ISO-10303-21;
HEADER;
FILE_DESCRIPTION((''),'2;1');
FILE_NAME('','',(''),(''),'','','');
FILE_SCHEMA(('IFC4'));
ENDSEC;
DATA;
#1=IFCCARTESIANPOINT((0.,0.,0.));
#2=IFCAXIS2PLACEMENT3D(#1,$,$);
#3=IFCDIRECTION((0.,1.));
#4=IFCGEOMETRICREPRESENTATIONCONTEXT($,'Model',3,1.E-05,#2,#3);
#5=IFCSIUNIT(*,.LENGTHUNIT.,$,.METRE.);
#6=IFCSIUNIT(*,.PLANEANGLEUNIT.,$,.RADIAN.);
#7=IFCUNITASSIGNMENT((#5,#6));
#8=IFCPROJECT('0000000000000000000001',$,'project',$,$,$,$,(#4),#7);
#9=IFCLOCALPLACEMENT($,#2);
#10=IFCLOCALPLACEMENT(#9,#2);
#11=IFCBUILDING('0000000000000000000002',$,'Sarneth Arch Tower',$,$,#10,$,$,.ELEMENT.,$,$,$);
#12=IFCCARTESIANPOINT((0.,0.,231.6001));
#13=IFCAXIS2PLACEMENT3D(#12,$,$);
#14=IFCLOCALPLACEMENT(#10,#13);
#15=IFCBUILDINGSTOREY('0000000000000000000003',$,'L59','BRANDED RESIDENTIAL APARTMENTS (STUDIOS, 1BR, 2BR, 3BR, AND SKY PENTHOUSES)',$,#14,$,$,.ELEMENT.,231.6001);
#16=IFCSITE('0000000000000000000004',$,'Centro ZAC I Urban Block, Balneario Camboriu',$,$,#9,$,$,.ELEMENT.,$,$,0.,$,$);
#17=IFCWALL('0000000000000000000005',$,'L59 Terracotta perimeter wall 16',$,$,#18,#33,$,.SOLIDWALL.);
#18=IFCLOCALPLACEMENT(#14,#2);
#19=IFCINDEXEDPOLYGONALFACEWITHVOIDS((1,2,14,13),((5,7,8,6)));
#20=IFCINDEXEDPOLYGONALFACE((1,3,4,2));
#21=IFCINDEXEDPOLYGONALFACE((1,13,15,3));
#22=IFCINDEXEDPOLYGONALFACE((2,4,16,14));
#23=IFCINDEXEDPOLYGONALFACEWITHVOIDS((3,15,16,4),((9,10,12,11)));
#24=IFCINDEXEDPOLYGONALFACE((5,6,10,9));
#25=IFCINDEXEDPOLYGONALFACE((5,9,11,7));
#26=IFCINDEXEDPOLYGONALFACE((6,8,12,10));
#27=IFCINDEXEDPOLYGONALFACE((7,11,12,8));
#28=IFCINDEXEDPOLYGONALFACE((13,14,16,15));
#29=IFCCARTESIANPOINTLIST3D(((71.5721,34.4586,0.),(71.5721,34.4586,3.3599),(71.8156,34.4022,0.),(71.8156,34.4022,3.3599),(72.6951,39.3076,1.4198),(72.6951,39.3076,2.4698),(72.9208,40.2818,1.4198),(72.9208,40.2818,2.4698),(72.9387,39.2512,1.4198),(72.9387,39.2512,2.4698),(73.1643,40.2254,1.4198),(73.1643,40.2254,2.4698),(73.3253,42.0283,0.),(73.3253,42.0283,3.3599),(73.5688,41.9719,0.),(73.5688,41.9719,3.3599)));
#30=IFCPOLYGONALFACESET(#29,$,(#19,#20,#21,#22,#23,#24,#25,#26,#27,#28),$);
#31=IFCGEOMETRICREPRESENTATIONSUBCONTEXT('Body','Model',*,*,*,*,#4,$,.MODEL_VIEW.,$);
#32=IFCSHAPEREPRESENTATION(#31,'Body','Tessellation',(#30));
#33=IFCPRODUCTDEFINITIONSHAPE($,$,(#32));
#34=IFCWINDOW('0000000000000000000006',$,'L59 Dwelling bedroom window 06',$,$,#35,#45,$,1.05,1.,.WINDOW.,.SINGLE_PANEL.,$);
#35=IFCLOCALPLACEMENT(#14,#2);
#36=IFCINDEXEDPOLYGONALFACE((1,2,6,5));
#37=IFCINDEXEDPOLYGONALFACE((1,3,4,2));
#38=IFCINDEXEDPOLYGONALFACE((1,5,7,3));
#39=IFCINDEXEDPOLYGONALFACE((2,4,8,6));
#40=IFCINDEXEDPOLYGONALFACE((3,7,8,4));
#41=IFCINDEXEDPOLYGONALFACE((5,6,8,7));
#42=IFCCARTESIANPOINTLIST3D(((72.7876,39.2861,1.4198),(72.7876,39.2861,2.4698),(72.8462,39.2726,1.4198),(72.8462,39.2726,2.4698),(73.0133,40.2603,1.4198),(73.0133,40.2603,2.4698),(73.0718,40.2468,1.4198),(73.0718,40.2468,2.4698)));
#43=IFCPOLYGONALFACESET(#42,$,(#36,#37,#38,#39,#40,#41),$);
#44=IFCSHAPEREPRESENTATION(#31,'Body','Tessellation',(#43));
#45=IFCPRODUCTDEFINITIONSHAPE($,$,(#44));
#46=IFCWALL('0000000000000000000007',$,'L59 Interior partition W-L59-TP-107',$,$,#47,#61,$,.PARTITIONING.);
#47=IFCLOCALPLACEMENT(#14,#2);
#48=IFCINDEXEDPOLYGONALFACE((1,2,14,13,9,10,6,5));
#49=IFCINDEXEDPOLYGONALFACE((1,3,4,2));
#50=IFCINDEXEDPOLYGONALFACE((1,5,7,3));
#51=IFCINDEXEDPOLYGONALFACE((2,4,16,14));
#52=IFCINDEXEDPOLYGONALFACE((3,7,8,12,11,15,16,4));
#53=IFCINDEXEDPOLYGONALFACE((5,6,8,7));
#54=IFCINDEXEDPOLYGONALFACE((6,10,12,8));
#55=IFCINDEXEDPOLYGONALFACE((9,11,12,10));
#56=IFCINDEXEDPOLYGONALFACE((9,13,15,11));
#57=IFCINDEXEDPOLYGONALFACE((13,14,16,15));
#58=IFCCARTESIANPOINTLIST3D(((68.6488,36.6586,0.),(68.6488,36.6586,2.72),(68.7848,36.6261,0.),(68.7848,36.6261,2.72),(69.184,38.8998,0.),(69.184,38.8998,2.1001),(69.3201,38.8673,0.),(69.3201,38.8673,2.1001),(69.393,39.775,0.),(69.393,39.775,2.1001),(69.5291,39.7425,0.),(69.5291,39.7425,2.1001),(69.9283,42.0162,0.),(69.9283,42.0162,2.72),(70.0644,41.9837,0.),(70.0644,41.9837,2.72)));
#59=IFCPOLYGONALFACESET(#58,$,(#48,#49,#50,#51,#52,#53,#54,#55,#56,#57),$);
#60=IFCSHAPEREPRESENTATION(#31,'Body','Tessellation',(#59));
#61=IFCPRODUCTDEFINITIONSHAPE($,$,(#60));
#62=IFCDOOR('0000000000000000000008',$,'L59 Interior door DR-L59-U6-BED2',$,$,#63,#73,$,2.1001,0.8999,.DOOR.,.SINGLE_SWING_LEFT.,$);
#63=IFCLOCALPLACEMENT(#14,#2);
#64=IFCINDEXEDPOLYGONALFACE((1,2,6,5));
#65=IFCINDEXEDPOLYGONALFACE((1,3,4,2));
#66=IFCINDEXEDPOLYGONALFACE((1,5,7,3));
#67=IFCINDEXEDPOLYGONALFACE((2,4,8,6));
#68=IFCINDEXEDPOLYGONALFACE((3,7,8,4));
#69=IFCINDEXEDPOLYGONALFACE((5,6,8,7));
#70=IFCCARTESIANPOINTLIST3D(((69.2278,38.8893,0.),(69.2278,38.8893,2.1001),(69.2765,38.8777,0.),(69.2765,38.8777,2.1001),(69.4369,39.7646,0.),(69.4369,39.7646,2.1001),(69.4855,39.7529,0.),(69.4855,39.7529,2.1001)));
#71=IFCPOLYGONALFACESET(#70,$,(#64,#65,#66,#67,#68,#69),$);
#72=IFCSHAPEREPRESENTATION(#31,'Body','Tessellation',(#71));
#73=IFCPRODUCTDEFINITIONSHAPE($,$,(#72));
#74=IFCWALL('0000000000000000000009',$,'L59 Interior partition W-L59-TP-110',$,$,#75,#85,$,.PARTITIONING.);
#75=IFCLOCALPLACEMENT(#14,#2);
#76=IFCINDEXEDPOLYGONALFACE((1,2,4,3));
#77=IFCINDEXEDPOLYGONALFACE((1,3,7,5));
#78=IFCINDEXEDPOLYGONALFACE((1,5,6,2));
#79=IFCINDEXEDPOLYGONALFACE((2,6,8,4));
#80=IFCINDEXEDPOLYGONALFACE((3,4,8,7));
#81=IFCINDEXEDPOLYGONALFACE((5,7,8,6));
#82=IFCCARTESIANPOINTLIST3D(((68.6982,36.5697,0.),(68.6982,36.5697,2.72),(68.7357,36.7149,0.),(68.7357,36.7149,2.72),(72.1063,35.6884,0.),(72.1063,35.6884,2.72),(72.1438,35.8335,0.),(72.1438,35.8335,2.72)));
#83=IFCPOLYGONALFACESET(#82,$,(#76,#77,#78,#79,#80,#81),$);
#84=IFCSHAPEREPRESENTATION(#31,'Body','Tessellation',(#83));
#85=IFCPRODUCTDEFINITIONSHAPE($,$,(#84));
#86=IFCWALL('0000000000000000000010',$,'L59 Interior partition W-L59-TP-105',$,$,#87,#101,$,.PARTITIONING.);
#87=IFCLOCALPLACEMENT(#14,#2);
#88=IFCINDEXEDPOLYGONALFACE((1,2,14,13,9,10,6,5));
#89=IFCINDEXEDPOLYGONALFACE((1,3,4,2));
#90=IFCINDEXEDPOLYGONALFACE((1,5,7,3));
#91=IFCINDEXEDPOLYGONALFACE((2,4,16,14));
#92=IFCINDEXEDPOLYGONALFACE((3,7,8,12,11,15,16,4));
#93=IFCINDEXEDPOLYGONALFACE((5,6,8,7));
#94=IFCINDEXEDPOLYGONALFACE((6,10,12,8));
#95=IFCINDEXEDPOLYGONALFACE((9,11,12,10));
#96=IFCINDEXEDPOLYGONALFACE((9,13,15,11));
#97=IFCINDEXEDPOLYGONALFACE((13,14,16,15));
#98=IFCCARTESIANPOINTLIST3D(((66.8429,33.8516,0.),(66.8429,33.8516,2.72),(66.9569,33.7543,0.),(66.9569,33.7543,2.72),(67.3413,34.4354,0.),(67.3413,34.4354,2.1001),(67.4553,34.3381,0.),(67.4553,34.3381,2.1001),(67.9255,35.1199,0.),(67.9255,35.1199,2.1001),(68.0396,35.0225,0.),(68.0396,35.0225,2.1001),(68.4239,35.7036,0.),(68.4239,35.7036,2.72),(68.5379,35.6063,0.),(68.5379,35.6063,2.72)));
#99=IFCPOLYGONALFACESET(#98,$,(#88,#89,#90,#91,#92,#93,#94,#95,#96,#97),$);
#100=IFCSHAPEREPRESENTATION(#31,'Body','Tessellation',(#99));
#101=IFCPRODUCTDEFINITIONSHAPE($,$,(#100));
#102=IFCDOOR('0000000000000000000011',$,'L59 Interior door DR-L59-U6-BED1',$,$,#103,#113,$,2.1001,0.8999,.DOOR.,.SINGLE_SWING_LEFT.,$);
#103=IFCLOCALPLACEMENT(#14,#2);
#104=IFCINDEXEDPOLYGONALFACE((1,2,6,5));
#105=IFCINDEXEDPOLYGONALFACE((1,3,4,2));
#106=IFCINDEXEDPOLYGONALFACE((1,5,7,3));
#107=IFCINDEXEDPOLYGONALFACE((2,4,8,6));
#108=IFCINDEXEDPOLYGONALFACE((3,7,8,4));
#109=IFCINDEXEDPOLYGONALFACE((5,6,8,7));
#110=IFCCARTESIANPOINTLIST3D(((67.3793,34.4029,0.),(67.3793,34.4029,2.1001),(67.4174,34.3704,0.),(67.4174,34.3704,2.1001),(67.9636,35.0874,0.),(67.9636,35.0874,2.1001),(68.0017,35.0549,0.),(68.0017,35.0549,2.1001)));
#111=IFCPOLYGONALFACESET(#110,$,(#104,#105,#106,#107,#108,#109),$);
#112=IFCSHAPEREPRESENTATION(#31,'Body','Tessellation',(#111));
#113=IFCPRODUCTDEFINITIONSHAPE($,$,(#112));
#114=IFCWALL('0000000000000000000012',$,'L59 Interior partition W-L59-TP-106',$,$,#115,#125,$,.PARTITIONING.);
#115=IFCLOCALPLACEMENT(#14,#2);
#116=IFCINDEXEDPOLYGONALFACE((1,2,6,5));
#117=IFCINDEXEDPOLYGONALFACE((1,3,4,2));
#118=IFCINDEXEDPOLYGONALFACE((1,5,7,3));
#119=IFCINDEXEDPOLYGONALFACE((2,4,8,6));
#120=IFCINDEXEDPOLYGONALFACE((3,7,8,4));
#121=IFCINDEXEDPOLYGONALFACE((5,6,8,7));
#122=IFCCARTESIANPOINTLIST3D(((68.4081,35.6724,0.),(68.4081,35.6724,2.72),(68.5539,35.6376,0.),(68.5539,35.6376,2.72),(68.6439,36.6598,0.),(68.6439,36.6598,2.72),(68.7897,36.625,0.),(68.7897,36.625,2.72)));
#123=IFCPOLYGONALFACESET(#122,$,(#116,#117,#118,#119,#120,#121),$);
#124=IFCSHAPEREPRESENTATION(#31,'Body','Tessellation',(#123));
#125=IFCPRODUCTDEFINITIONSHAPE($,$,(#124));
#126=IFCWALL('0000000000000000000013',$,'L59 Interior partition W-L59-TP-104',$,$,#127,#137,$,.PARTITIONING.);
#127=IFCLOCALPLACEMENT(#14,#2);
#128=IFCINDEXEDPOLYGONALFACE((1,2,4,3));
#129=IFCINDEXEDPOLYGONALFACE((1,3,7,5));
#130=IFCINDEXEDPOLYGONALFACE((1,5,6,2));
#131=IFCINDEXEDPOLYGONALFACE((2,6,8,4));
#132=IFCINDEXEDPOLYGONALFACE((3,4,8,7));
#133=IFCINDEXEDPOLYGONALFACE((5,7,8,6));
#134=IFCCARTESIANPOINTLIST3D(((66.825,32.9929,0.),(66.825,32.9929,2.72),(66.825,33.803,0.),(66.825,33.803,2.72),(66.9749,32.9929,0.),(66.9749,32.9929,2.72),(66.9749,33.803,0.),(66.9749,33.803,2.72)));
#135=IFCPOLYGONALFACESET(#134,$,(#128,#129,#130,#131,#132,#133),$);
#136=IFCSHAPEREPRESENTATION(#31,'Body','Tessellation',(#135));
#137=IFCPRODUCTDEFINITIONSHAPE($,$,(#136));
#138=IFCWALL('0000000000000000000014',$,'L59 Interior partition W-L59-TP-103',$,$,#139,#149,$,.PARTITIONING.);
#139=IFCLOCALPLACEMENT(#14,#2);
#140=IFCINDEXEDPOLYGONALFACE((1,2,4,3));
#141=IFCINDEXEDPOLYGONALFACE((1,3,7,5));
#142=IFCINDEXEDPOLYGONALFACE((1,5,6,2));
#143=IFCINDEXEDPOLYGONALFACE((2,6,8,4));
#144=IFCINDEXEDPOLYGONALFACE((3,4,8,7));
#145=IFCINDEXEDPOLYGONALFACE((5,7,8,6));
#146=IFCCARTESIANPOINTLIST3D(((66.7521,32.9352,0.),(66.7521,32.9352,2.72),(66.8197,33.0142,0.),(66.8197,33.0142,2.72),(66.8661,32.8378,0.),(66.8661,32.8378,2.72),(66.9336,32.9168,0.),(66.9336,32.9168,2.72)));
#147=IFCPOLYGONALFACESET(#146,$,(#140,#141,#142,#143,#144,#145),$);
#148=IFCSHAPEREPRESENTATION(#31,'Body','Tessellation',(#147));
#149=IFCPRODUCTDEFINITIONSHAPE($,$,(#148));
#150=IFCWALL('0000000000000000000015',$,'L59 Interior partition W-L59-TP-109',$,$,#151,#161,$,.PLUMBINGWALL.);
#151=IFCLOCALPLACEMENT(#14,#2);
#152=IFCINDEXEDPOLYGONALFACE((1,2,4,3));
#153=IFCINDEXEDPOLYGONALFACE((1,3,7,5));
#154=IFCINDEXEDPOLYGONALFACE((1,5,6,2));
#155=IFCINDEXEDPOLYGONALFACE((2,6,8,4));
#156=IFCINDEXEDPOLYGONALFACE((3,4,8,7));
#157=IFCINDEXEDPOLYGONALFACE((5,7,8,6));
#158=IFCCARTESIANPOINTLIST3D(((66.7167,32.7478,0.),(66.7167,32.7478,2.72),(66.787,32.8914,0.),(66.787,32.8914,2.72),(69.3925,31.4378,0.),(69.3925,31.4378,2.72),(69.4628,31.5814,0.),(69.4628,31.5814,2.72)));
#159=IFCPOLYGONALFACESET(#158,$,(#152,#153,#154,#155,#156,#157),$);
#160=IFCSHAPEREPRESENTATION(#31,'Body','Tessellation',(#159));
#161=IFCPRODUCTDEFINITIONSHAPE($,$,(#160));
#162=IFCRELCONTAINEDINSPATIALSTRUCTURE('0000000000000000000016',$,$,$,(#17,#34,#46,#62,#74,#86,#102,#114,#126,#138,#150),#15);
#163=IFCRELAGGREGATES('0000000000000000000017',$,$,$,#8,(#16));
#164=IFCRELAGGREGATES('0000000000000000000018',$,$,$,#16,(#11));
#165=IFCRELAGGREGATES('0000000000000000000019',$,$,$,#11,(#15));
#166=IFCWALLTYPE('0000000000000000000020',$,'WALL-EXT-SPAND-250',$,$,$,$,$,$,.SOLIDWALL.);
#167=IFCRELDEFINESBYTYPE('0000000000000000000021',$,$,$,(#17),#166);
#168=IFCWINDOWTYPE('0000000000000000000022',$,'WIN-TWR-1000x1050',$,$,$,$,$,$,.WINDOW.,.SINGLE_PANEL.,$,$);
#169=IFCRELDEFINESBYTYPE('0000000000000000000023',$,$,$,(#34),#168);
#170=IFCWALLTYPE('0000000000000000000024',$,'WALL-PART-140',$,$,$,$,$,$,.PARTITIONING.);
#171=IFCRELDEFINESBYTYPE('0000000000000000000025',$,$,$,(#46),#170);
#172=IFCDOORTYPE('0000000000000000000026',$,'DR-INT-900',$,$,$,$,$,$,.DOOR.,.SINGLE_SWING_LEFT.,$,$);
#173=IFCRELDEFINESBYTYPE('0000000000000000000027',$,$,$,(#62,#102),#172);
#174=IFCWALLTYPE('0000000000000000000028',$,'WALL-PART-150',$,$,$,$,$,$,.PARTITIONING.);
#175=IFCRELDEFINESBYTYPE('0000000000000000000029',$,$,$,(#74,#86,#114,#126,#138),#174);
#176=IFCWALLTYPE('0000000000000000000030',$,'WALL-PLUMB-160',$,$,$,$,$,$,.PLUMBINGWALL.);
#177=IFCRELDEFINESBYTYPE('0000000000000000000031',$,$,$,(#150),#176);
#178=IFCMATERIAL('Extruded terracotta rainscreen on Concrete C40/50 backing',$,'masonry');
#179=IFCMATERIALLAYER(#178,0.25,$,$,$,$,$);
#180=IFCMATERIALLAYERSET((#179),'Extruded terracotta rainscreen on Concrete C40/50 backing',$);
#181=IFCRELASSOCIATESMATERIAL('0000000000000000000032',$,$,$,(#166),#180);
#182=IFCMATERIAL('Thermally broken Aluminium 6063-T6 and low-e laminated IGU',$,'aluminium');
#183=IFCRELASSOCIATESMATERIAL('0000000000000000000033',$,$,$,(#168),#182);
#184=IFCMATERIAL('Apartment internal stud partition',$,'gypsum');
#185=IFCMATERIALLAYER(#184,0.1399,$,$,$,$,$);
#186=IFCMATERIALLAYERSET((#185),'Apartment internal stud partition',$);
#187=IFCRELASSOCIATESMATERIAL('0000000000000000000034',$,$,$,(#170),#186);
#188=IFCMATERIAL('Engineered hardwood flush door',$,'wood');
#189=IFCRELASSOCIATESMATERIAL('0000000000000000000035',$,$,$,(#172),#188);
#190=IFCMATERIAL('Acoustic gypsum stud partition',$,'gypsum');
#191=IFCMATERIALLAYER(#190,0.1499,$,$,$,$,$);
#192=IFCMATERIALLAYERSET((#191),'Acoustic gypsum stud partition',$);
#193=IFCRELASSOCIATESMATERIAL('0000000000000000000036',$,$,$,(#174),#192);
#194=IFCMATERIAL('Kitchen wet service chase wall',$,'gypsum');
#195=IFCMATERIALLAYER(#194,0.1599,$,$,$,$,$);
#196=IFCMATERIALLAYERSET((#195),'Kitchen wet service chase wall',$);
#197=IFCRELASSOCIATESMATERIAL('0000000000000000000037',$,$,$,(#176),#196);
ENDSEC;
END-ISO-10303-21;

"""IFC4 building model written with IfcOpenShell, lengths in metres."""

from ifc_helpers import new_model, si_unit, direction, frame, frame_2d, origin, place, context, subcontext, project, spatial, rectangle, extrude, material, layer, layer_set, type_object, element, fill, save


model = new_model("IFC4")

# Units and contexts
model_context = context("Model", 3, precision=1e-05, world=origin(), true_north=direction((0.0, 1.0)))
body_context = subcontext(model_context, "Body", "Model", "MODEL_VIEW")
ifc_project = project(units=[si_unit("LENGTHUNIT", "METRE"), si_unit("PLANEANGLEUNIT", "RADIAN")], contexts=[model_context])

# Site, building, storey
site_placement = place(None, origin())
site = spatial("IfcSite", under=ifc_project, at=site_placement, Name="Centro ZAC I Urban Block, Balneario Camboriu", CompositionType="ELEMENT", RefElevation=0.0)
building_placement = place(site_placement, origin())
building = spatial("IfcBuilding", under=site, at=building_placement, Name="Sarneth Arch Tower", CompositionType="ELEMENT")
storey_placement = place(building_placement, frame((0.0, 0.0, 231.6001)))
storey = spatial("IfcBuildingStorey", under=building, at=storey_placement, Name="L59", Description="BRANDED RESIDENTIAL APARTMENTS (STUDIOS, 1BR, 2BR, 3BR, AND SKY PENTHOUSES)", CompositionType="ELEMENT", Elevation=231.6001)

# Wall, opening, window
ifc_material_1 = material(Name="Extruded terracotta rainscreen on Concrete C40/50 backing", Category="masonry")
ifc_layer_1 = layer(ifc_material_1, 0.25)
ifc_layer_set_1 = layer_set([ifc_layer_1], Name="Extruded terracotta rainscreen on Concrete C40/50 backing")
wall_type_1 = type_object("IfcWallType", Name="WALL-EXT-SPAND-250", PredefinedType="SOLIDWALL", material=ifc_layer_set_1)
wall_1_placement = place(storey_placement, frame((71.6938, 34.4304, 0.0), z_axis=(0.0, 0.0, 1.0), x_axis=(0.225635, 0.974212, 0.0)))
wall_1 = element("IfcWall", 1, at=wall_1_placement, inside=storey, type_object=wall_type_1, Name="L59 Terracotta perimeter wall 16", PredefinedType="SOLIDWALL", context=body_context, shape_type="SweptSolid", body=[
    extrude(rectangle(XDim=7.77, YDim=0.25, at=frame_2d((3.885, 0.0))), origin(), (0.0, 0.0, 1.0), 3.3599),
])
opening_1_placement = place(wall_1_placement, frame((4.9773, 0.0, 1.4199)))
opening_1 = element("IfcOpeningElement", 2, at=opening_1_placement, cuts=wall_1, PredefinedType="OPENING", context=body_context, shape_type="SweptSolid", body=[
    extrude(rectangle(XDim=1.0, YDim=1.05, at=frame_2d((0.5, 0.5249))), frame((0.0, 0.135, 0.0), z_axis=(0.0, -1.0, 0.0), x_axis=(1.0, 0.0, 0.0)), (0.0, 0.0, 1.0), 0.27),
])
ifc_material_2 = material(Name="Thermally broken Aluminium 6063-T6 and low-e laminated IGU", Category="aluminium")
window_type = type_object("IfcWindowType", Name="WIN-TWR-1000x1050", PartitioningType="SINGLE_PANEL", PredefinedType="WINDOW", material=ifc_material_2)
window_placement = place(opening_1_placement, origin())
window = element("IfcWindow", 3, at=window_placement, inside=storey, type_object=window_type, Name="L59 Dwelling bedroom window 06", OverallHeight=1.05, OverallWidth=1.0, PartitioningType="SINGLE_PANEL", PredefinedType="WINDOW", context=body_context, shape_type="SweptSolid", body=[
    extrude(rectangle(XDim=1.0, YDim=1.05, at=frame_2d((0.5, 0.5249))), frame((0.0, 0.03, 0.0), z_axis=(0.0, -1.0, 0.0), x_axis=(1.0, 0.0, 0.0)), (0.0, 0.0, 1.0), 0.0601),
])
fill(opening_1, window)

# Wall, opening, door
ifc_material_3 = material(Name="Apartment internal stud partition", Category="gypsum")
ifc_layer_2 = layer(ifc_material_3, 0.1399)
ifc_layer_set_2 = layer_set([ifc_layer_2], Name="Apartment internal stud partition")
wall_type_2 = type_object("IfcWallType", Name="WALL-PART-140", PredefinedType="PARTITIONING", material=ifc_layer_set_2)
wall_2_placement = place(storey_placement, frame((68.7168, 36.6423, 0.0), z_axis=(0.0, 0.0, 1.0), x_axis=(0.232292, 0.972646, 0.0)))
wall_2 = element("IfcWall", 4, at=wall_2_placement, inside=storey, type_object=wall_type_2, Name="L59 Interior partition W-L59-TP-107", PredefinedType="PARTITIONING", context=body_context, shape_type="SweptSolid", body=[
    extrude(rectangle(XDim=5.5083, YDim=0.1399, at=frame_2d((2.7542, 0.0))), origin(), (0.0, 0.0, 1.0), 2.72),
])
opening_2_placement = place(wall_2_placement, frame((2.3042, 0.0, 0.0)))
opening_2 = element("IfcOpeningElement", 5, at=opening_2_placement, cuts=wall_2, PredefinedType="OPENING", context=body_context, shape_type="SweptSolid", body=[
    extrude(rectangle(XDim=0.8999, YDim=2.1001, at=frame_2d((0.45, 1.05))), frame((0.0, 0.0798, 0.0), z_axis=(0.0, -1.0, 0.0), x_axis=(1.0, 0.0, 0.0)), (0.0, 0.0, 1.0), 0.1599),
])
ifc_material_4 = material(Name="Engineered hardwood flush door", Category="wood")
door_type_1 = type_object("IfcDoorType", Name="DR-INT-900", OperationType="SINGLE_SWING_LEFT", PredefinedType="DOOR", material=ifc_material_4)
door_1_placement = place(opening_2_placement, origin())
door_1 = element("IfcDoor", 6, at=door_1_placement, inside=storey, type_object=door_type_1, Name="L59 Interior door DR-L59-U6-BED2", OperationType="SINGLE_SWING_LEFT", OverallHeight=2.1001, OverallWidth=0.8999, PredefinedType="DOOR", context=body_context, shape_type="SweptSolid", body=[
    extrude(rectangle(XDim=0.8999, YDim=2.1001, at=frame_2d((0.45, 1.05))), frame((0.0, 0.0249, 0.0), z_axis=(0.0, -1.0, 0.0), x_axis=(1.0, 0.0, 0.0)), (0.0, 0.0, 1.0), 0.05),
])
fill(opening_2, door_1)

# Wall
ifc_material_5 = material(Name="Acoustic gypsum stud partition", Category="gypsum")
ifc_layer_3 = layer(ifc_material_5, 0.1499)
ifc_layer_set_3 = layer_set([ifc_layer_3], Name="Acoustic gypsum stud partition")
wall_type_3 = type_object("IfcWallType", Name="WALL-PART-150", PredefinedType="PARTITIONING", material=ifc_layer_set_3)
wall_3_placement = place(storey_placement, frame((68.7168, 36.6423, 0.0), z_axis=(0.0, 0.0, 1.0), x_axis=(0.968153, -0.25036, 0.0)))
element("IfcWall", 7, at=wall_3_placement, inside=storey, type_object=wall_type_3, Name="L59 Interior partition W-L59-TP-110", PredefinedType="PARTITIONING", context=body_context, shape_type="SweptSolid", body=[
    extrude(rectangle(XDim=3.5203, YDim=0.1499, at=frame_2d((1.7603, 0.0))), origin(), (0.0, 0.0, 1.0), 2.72),
])

# Wall, opening, door
wall_4_placement = place(storey_placement, frame((66.8999, 33.803, 0.0), z_axis=(0.0, 0.0, 1.0), x_axis=(0.649271, 0.760557, 0.0)))
wall_4 = element("IfcWall", 8, at=wall_4_placement, inside=storey, type_object=wall_type_3, Name="L59 Interior partition W-L59-TP-105", PredefinedType="PARTITIONING", context=body_context, shape_type="SweptSolid", body=[
    extrude(rectangle(XDim=2.4351, YDim=0.1499, at=frame_2d((1.2175, 0.0))), origin(), (0.0, 0.0, 1.0), 2.72),
])
opening_3_placement = place(wall_4_placement, frame((0.7676, 0.0, 0.0)))
opening_3 = element("IfcOpeningElement", 9, at=opening_3_placement, cuts=wall_4, PredefinedType="OPENING", context=body_context, shape_type="SweptSolid", body=[
    extrude(rectangle(XDim=0.8999, YDim=2.1001, at=frame_2d((0.45, 1.05))), frame((0.0, 0.085, 0.0), z_axis=(0.0, -1.0, 0.0), x_axis=(1.0, 0.0, 0.0)), (0.0, 0.0, 1.0), 0.1699),
])
door_2_placement = place(opening_3_placement, origin())
door_2 = element("IfcDoor", 10, at=door_2_placement, inside=storey, type_object=door_type_1, Name="L59 Interior door DR-L59-U6-BED1", OperationType="SINGLE_SWING_LEFT", OverallHeight=2.1001, OverallWidth=0.8999, PredefinedType="DOOR", context=body_context, shape_type="SweptSolid", body=[
    extrude(rectangle(XDim=0.8999, YDim=2.1001, at=frame_2d((0.45, 1.05))), frame((0.0, 0.0249, 0.0), z_axis=(0.0, -1.0, 0.0), x_axis=(1.0, 0.0, 0.0)), (0.0, 0.0, 1.0), 0.05),
])
fill(opening_3, door_2)

# Walls
wall_5_placement = place(storey_placement, frame((68.481, 35.655, 0.0), z_axis=(0.0, 0.0, 1.0), x_axis=(0.232336, 0.972636, 0.0)))
element("IfcWall", 11, at=wall_5_placement, inside=storey, type_object=wall_type_3, Name="L59 Interior partition W-L59-TP-106", PredefinedType="PARTITIONING", context=body_context, shape_type="SweptSolid", body=[
    extrude(rectangle(XDim=1.0151, YDim=0.1499, at=frame_2d((0.5076, 0.0))), origin(), (0.0, 0.0, 1.0), 2.72),
])
wall_6_placement = place(storey_placement, frame((66.8999, 32.9929, 0.0), z_axis=(0.0, 0.0, 1.0), x_axis=(0.0, 1.0, 0.0)))
element("IfcWall", 12, at=wall_6_placement, inside=storey, type_object=wall_type_3, Name="L59 Interior partition W-L59-TP-104", PredefinedType="PARTITIONING", context=body_context, shape_type="SweptSolid", body=[
    extrude(rectangle(XDim=0.8101, YDim=0.1499, at=frame_2d((0.405, 0.0))), origin(), (0.0, 0.0, 1.0), 2.72),
])
wall_7_placement = place(storey_placement, frame((66.8091, 32.8865, 0.0), z_axis=(0.0, 0.0, 1.0), x_axis=(0.649825, 0.760084, 0.0)))
element("IfcWall", 13, at=wall_7_placement, inside=storey, type_object=wall_type_3, Name="L59 Interior partition W-L59-TP-103", PredefinedType="PARTITIONING", context=body_context, shape_type="SweptSolid", body=[
    extrude(rectangle(XDim=0.104, YDim=0.1499, at=frame_2d((0.052, 0.0))), origin(), (0.0, 0.0, 1.0), 2.72),
])
ifc_material_6 = material(Name="Kitchen wet service chase wall", Category="gypsum")
ifc_layer_4 = layer(ifc_material_6, 0.1599)
ifc_layer_set_4 = layer_set([ifc_layer_4], Name="Kitchen wet service chase wall")
wall_type_4 = type_object("IfcWallType", Name="WALL-PLUMB-160", PredefinedType="PLUMBINGWALL", material=ifc_layer_set_4)
wall_8_placement = place(storey_placement, frame((69.4277, 31.5095, 0.0), z_axis=(0.0, 0.0, 1.0), x_axis=(-0.898133, 0.439724, 0.0)))
element("IfcWall", 14, at=wall_8_placement, inside=storey, type_object=wall_type_4, Name="L59 Interior partition W-L59-TP-109", PredefinedType="PLUMBINGWALL", context=body_context, shape_type="SweptSolid", body=[
    extrude(rectangle(XDim=2.9792, YDim=0.1599, at=frame_2d((1.4897, 0.0))), origin(), (0.0, 0.0, 1.0), 2.72),
])

save(model, "model.ifc")
